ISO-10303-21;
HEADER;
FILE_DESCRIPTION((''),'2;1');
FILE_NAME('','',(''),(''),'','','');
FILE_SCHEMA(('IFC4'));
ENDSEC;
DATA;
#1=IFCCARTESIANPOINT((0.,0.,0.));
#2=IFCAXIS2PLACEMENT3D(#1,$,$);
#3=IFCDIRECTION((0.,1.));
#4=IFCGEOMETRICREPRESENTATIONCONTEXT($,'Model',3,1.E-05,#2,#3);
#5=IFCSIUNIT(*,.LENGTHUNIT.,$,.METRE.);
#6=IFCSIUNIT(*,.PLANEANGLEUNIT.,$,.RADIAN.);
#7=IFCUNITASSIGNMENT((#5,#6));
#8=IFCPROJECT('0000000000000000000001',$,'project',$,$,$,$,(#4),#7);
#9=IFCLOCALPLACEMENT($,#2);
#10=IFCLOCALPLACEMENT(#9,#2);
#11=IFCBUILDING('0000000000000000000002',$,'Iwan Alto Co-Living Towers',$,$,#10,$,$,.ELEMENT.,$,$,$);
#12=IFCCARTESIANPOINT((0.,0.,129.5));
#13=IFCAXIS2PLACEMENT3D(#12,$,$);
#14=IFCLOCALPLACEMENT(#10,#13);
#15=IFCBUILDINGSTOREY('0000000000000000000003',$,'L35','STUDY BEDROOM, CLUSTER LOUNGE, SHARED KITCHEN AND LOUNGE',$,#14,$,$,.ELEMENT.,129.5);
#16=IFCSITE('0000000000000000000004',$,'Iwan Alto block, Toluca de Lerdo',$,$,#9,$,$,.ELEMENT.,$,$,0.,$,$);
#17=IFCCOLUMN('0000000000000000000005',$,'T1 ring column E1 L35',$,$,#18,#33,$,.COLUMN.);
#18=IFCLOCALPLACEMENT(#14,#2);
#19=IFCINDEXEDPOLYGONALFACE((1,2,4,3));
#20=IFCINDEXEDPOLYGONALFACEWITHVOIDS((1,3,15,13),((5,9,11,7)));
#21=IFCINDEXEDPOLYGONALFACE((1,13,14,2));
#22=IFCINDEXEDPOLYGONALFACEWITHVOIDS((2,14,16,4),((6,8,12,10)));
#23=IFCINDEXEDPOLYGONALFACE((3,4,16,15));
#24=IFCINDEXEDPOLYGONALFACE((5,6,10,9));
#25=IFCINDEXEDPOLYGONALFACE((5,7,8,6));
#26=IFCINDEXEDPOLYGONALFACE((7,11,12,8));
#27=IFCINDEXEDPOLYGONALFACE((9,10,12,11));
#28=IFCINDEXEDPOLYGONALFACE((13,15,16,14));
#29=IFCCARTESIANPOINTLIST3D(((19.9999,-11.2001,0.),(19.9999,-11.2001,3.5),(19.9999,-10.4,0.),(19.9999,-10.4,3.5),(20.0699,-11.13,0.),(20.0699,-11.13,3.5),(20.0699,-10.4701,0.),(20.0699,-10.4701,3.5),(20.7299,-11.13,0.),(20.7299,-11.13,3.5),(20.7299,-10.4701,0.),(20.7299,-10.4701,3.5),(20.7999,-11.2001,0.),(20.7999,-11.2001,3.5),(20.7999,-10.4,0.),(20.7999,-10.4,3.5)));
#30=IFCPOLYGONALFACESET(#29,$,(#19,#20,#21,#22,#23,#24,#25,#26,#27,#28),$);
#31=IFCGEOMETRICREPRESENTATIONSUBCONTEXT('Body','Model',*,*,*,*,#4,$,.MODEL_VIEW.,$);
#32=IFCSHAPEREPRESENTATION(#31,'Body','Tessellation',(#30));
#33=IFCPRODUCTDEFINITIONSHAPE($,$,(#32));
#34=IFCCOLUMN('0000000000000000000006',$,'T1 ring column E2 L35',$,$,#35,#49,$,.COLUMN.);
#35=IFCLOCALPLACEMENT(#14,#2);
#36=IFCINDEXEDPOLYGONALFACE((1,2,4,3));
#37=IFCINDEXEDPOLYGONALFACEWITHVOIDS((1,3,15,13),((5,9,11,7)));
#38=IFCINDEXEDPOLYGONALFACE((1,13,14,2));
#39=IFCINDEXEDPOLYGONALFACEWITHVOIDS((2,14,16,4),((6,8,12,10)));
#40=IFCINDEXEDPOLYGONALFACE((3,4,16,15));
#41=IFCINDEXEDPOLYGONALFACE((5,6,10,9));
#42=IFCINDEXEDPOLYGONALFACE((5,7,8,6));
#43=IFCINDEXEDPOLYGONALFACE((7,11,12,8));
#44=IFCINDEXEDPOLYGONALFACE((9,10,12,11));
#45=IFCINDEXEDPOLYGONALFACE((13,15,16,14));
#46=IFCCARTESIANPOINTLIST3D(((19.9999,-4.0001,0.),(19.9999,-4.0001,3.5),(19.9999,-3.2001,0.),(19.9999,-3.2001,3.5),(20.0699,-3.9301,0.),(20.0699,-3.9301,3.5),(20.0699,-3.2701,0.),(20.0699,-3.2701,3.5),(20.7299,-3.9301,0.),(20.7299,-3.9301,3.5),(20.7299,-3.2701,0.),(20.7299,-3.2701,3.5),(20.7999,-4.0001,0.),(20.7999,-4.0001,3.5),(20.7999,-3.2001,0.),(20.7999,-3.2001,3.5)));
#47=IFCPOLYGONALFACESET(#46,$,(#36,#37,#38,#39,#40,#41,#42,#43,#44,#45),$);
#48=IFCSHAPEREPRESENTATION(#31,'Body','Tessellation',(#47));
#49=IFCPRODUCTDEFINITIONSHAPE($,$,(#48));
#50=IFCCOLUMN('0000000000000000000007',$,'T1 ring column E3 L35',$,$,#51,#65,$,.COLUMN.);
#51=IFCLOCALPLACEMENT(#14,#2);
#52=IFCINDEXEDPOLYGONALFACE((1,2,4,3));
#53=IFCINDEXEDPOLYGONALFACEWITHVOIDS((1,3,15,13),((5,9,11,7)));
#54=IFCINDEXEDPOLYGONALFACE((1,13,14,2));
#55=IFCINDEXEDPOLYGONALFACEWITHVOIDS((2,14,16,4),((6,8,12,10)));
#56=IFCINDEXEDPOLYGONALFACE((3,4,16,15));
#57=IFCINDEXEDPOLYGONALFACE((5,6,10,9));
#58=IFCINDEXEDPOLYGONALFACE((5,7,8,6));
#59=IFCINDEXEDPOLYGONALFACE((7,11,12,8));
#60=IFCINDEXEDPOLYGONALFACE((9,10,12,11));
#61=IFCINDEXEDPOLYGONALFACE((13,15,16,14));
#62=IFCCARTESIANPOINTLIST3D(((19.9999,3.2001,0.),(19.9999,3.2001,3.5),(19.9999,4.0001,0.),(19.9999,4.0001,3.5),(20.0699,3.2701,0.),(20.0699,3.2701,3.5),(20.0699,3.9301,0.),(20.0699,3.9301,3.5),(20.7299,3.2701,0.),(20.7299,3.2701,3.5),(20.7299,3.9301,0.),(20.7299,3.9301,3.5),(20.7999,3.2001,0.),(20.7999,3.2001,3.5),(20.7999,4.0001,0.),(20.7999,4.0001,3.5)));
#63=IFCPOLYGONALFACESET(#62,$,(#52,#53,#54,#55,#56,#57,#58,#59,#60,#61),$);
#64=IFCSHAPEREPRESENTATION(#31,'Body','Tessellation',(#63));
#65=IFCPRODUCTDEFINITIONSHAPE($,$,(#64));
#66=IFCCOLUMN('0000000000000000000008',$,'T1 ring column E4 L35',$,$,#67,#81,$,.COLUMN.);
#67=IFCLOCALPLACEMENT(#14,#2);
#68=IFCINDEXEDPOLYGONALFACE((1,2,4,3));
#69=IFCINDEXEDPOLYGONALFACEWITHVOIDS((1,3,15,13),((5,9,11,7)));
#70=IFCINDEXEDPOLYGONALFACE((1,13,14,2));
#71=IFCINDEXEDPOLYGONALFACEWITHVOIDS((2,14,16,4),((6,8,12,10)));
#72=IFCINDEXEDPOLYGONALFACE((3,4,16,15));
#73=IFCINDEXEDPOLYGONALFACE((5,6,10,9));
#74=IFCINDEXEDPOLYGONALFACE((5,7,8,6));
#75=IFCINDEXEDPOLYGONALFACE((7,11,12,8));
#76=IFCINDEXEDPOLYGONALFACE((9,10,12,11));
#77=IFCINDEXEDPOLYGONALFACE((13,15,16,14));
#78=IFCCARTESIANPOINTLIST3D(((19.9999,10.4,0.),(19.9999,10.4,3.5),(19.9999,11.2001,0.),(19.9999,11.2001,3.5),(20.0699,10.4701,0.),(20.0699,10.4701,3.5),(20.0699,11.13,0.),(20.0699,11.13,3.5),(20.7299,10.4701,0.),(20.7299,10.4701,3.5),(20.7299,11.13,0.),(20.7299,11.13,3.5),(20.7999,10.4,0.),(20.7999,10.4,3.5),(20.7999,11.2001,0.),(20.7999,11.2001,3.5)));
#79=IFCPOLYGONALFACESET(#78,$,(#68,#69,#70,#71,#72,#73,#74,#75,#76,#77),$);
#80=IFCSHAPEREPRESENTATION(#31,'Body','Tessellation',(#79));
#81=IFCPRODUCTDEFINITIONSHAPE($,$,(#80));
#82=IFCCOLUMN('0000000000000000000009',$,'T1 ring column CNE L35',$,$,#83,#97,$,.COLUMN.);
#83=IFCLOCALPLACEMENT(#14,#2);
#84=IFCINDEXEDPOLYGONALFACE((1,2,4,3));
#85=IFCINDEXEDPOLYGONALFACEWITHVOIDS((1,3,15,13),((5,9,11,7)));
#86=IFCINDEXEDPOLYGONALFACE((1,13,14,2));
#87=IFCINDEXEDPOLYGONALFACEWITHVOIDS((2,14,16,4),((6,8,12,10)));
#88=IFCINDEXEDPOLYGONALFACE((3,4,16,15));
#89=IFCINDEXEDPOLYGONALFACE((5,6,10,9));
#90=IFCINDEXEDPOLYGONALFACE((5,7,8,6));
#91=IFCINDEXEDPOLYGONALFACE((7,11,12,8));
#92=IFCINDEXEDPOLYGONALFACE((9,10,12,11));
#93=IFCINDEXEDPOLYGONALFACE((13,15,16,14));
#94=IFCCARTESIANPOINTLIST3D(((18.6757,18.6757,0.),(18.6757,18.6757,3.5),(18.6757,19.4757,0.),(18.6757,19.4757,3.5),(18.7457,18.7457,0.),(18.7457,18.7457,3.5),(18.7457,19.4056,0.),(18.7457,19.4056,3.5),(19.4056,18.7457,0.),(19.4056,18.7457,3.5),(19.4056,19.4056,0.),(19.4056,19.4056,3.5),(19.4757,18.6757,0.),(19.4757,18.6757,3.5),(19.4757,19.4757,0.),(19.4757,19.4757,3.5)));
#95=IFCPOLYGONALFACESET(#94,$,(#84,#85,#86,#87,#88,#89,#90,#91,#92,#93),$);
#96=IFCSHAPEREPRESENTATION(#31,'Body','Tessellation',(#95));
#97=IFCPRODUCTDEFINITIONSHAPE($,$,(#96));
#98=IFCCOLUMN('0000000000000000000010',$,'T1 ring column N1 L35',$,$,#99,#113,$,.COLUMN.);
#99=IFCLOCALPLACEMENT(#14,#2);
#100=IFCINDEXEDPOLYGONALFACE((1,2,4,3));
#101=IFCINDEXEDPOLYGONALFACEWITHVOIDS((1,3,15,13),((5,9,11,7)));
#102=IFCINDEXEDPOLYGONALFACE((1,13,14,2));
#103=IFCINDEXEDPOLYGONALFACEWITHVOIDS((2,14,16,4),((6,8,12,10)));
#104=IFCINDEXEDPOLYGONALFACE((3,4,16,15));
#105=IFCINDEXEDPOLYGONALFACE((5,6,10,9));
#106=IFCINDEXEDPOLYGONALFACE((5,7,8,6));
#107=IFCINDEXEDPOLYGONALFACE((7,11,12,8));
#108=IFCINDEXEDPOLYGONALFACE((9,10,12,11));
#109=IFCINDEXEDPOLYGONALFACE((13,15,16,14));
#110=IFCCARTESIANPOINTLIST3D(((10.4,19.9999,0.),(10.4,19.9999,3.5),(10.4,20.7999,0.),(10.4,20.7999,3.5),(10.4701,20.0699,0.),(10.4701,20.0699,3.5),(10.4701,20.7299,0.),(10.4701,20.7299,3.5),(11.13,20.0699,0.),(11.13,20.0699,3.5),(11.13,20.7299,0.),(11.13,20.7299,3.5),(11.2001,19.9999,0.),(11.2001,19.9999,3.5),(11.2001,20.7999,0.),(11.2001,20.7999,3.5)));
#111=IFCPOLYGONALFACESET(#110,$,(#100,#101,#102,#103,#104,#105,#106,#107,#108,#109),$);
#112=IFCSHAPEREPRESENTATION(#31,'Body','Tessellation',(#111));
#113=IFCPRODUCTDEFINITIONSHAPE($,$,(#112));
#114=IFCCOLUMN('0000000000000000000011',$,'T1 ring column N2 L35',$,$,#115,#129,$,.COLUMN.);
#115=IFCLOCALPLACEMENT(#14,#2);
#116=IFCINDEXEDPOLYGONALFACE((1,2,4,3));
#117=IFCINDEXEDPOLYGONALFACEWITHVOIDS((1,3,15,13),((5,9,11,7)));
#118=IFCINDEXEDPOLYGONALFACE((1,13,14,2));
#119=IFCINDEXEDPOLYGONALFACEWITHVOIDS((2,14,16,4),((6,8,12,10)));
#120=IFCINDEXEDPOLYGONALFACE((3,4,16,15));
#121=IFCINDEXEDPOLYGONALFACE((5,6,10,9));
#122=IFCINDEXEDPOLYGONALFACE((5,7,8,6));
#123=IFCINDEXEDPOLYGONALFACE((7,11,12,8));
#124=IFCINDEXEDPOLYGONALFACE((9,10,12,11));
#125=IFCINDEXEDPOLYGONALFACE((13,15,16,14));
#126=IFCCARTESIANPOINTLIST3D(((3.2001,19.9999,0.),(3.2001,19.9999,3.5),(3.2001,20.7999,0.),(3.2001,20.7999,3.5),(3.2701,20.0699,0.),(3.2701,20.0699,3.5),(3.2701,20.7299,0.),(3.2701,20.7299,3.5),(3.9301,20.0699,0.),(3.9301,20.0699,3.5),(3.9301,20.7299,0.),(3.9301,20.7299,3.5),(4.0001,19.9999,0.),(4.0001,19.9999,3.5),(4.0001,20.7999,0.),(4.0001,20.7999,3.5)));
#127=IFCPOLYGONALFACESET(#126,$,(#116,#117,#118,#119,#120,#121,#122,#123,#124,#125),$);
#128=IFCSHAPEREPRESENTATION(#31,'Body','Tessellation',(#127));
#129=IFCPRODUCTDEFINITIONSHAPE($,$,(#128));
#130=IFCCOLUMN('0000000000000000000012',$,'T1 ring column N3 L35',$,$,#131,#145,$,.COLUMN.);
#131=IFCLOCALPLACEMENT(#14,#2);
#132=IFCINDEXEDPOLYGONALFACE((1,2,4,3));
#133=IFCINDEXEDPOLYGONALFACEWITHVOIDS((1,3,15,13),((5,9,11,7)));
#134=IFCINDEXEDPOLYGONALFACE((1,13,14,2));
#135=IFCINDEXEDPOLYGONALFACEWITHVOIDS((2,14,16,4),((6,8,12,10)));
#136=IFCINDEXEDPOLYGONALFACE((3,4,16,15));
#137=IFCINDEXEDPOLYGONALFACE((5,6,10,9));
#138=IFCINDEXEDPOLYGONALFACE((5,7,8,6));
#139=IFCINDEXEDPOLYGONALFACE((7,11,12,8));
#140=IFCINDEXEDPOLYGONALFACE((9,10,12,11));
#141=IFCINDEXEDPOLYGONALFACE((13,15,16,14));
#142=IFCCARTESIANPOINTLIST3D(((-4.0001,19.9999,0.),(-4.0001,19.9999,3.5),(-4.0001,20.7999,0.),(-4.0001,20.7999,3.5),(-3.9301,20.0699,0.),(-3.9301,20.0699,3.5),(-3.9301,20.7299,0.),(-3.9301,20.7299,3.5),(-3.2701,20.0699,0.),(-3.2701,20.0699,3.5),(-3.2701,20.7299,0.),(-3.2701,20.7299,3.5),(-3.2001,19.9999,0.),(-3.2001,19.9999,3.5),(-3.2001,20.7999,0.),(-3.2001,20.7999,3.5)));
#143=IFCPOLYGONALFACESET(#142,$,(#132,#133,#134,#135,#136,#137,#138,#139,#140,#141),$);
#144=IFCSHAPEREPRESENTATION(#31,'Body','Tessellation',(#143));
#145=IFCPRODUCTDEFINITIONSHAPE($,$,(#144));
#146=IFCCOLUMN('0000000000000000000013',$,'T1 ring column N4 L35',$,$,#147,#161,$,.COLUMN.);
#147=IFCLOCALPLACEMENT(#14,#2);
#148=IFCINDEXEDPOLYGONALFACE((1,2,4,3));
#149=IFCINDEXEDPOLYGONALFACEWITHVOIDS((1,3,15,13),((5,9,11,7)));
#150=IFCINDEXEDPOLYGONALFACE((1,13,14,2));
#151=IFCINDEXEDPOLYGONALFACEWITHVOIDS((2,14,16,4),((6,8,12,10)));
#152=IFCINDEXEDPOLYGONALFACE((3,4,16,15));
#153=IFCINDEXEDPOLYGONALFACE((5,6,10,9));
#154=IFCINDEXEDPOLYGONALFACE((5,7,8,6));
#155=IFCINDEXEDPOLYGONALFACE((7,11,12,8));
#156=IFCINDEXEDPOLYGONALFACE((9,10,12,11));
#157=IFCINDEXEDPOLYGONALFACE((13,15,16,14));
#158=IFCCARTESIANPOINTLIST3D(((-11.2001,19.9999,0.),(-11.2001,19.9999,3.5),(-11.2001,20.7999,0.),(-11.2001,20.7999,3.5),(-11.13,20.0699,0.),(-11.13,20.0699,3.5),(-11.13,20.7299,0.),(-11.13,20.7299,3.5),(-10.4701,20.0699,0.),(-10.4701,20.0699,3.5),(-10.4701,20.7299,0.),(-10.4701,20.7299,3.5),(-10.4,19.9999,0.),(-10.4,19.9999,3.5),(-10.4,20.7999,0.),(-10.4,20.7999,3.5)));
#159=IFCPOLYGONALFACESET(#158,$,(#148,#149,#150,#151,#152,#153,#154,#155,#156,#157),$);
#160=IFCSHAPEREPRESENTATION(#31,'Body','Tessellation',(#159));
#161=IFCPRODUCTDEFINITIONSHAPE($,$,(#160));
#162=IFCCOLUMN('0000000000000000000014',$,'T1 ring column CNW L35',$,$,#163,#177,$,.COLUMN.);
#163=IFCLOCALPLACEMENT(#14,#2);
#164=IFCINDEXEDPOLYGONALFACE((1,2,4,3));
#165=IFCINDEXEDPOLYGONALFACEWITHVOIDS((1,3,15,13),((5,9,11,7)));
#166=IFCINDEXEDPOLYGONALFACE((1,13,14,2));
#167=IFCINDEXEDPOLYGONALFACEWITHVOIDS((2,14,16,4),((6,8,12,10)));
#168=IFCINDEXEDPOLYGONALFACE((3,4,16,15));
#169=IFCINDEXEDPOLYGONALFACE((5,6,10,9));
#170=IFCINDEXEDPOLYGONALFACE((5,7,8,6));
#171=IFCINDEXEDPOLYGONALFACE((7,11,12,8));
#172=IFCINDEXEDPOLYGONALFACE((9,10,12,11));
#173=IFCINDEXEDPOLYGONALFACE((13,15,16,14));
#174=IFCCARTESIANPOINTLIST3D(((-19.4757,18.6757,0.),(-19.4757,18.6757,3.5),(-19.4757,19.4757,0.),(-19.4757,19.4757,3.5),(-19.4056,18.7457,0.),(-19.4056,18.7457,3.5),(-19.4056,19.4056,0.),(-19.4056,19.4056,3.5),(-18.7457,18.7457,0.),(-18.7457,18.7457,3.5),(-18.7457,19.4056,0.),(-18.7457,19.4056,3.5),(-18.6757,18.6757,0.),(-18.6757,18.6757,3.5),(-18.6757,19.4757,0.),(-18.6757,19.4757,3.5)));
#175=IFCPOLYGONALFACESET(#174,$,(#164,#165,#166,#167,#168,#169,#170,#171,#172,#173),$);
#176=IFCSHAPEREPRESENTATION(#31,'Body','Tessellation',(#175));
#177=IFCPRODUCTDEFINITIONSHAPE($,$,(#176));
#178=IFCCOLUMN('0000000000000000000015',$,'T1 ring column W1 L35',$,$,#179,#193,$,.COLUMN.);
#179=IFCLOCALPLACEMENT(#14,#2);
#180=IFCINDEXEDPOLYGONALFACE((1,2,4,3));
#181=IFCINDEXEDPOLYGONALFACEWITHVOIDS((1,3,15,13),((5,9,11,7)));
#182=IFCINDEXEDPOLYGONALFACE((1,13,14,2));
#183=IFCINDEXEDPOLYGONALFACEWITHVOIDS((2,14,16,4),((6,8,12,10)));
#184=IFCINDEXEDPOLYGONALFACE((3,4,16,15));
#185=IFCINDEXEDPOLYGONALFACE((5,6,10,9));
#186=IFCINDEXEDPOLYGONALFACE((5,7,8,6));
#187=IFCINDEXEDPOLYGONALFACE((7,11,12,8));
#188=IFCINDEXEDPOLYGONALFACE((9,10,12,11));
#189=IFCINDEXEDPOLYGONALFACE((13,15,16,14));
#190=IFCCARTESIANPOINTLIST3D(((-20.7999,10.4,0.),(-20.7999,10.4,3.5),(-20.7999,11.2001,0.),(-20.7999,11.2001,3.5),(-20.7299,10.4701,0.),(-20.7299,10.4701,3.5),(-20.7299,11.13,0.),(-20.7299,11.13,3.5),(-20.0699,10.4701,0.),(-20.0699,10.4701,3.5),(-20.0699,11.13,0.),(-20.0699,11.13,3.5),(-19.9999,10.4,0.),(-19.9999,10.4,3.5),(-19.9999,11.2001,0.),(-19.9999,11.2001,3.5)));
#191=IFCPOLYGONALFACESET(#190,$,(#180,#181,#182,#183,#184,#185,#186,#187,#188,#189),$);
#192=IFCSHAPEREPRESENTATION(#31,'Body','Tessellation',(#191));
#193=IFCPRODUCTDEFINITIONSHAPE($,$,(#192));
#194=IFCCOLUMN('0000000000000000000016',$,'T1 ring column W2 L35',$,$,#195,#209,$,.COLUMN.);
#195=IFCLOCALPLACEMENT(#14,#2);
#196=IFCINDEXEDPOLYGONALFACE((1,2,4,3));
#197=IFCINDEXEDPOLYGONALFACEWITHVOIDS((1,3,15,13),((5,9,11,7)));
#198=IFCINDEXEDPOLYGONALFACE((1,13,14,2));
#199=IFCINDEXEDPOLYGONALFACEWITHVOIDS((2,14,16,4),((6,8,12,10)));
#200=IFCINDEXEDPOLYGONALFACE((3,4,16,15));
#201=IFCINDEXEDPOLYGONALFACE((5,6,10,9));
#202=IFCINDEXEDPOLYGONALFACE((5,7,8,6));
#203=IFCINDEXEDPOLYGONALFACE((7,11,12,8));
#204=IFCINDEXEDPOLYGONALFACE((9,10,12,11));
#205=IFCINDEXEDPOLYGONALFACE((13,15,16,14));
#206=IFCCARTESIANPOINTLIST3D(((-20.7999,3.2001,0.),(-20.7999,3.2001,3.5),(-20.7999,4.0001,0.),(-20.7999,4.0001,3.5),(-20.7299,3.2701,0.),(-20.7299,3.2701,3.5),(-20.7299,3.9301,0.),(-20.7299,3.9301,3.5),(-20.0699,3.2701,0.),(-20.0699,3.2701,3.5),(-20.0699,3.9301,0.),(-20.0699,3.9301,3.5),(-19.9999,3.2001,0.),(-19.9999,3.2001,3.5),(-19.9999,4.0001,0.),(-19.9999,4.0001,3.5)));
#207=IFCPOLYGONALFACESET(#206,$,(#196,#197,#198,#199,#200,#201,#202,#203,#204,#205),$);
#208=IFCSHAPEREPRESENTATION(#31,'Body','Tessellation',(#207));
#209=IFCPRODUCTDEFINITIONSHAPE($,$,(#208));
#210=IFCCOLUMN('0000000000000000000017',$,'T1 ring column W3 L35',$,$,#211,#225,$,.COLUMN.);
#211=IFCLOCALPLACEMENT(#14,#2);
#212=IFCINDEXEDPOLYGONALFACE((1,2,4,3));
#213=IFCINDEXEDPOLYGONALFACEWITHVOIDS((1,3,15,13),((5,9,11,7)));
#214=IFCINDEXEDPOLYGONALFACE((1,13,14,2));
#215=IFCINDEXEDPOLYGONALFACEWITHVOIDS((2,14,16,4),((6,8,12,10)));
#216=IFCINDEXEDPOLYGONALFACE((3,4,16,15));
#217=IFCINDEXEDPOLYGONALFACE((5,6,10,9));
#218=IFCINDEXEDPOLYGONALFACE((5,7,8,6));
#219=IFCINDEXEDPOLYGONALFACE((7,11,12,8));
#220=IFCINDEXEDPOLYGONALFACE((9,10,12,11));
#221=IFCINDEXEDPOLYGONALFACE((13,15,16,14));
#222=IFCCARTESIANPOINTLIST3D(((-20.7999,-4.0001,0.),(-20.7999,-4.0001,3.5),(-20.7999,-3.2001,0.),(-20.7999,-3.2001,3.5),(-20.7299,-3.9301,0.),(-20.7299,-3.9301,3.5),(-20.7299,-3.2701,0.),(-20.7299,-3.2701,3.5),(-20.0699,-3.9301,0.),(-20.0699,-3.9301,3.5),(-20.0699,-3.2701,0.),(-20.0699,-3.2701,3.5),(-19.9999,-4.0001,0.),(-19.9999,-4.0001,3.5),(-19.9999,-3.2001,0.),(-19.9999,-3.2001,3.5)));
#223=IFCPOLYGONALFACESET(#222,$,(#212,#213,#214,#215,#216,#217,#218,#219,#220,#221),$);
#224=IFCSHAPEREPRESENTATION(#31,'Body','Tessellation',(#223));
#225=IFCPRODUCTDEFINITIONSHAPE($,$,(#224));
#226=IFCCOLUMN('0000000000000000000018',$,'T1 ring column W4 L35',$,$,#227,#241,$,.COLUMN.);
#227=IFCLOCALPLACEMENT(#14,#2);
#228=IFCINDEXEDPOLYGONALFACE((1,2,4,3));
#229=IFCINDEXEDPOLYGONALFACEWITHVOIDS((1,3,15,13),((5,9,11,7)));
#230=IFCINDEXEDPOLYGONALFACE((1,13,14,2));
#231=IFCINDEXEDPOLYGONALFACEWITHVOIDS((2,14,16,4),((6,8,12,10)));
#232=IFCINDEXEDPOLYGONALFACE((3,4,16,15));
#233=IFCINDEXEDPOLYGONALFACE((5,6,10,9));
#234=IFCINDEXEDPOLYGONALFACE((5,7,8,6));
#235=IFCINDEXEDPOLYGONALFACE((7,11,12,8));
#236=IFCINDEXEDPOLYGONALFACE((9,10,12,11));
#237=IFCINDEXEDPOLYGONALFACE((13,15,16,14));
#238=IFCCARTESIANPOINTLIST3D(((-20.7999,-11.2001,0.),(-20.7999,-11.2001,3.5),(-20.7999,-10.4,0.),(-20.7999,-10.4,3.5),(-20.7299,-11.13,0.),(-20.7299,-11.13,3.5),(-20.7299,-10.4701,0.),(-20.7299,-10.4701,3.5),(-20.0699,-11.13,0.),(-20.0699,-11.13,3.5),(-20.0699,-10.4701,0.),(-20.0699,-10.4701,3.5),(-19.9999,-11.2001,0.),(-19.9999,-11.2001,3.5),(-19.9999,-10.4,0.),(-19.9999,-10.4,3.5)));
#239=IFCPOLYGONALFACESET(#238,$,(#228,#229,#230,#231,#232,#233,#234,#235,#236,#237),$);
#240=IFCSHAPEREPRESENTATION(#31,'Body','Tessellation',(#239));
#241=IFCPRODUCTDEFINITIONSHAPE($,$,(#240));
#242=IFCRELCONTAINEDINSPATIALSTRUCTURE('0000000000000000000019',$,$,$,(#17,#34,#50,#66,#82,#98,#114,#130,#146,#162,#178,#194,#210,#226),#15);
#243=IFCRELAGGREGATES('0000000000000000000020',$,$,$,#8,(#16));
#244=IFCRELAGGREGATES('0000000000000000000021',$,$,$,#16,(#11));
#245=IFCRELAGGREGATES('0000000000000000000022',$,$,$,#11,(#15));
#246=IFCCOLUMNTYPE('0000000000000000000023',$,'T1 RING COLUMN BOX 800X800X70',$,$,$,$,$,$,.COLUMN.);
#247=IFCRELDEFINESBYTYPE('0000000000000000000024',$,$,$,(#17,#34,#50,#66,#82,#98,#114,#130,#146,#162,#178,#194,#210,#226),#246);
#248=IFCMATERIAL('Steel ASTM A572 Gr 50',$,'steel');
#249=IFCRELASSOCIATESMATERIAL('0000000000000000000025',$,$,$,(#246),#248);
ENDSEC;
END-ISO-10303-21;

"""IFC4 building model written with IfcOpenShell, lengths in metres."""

from ifc_helpers import new_model, si_unit, direction, frame, origin, origin_2d, place, context, subcontext, project, spatial, hollow_rectangle, extrude, material, material_profile, profile_set, type_object, element, save


model = new_model("IFC4")

# Units and contexts
model_context = context("Model", 3, precision=1e-05, world=origin(), true_north=direction((0.0, 1.0)))
body_context = subcontext(model_context, "Body", "Model", "MODEL_VIEW")
ifc_project = project(units=[si_unit("LENGTHUNIT", "METRE"), si_unit("PLANEANGLEUNIT", "RADIAN")], contexts=[model_context])

# Site, building, storey
site_placement = place(None, origin())
site = spatial("IfcSite", under=ifc_project, at=site_placement, Name="Iwan Alto block, Toluca de Lerdo", CompositionType="ELEMENT", RefElevation=0.0)
building_placement = place(site_placement, origin())
building = spatial("IfcBuilding", under=site, at=building_placement, Name="Iwan Alto Co-Living Towers", CompositionType="ELEMENT")
storey_placement = place(building_placement, frame((0.0, 0.0, 129.5)))
storey = spatial("IfcBuildingStorey", under=building, at=storey_placement, Name="L35", Description="STUDY BEDROOM, CLUSTER LOUNGE, SHARED KITCHEN AND LOUNGE", CompositionType="ELEMENT", Elevation=129.5)

# Columns
ifc_material_1 = material(Name="Steel ASTM A572 Gr 50", Category="steel")
ifc_material_profile_1 = material_profile(ifc_material_1, hollow_rectangle(XDim=0.8, YDim=0.8, WallThickness=0.0701, at=origin_2d()), Name="BOX 800X800X70")
ifc_profile_set_1 = profile_set([ifc_material_profile_1], Name="Steel ASTM A572 Gr 50")
column_type_1 = type_object("IfcColumnType", Name="T1 RING COLUMN BOX 800X800X70", PredefinedType="COLUMN", material=ifc_profile_set_1)
for number, where, z_axis, x_axis, name in (
    (1, (20.3999, -10.8, 0.0), (0.0, 0.0, 1.0), (1.0, 0.0, 0.0), "T1 ring column E1 L35"),
    (2, (20.3999, -3.6001, 0.0), (0.0, 0.0, 1.0), (1.0, 0.0, 0.0), "T1 ring column E2 L35"),
    (3, (20.3999, 3.6001, 0.0), (0.0, 0.0, 1.0), (1.0, 0.0, 0.0), "T1 ring column E3 L35"),
    (4, (20.3999, 10.8, 0.0), (0.0, 0.0, 1.0), (1.0, 0.0, 0.0), "T1 ring column E4 L35"),
    (5, (19.0757, 19.0757, 0.0), (0.0, 0.0, 1.0), (1.0, 0.0, 0.0), "T1 ring column CNE L35"),
    (6, (10.8, 20.3999, 0.0), (0.0, 0.0, 1.0), (1.0, 0.0, 0.0), "T1 ring column N1 L35"),
    (7, (3.6001, 20.3999, 0.0), (0.0, 0.0, 1.0), (1.0, 0.0, 0.0), "T1 ring column N2 L35"),
    (8, (-3.6001, 20.3999, 0.0), (0.0, 0.0, 1.0), (1.0, 0.0, 0.0), "T1 ring column N3 L35"),
    (9, (-10.8, 20.3999, 0.0), (0.0, 0.0, 1.0), (1.0, 0.0, 0.0), "T1 ring column N4 L35"),
    (10, (-19.0757, 19.0757, 0.0), (0.0, 0.0, 1.0), (1.0, 0.0, 0.0), "T1 ring column CNW L35"),
    (11, (-20.3999, 10.8, 0.0), (0.0, 0.0, 1.0), (1.0, 0.0, 0.0), "T1 ring column W1 L35"),
    (12, (-20.3999, 3.6001, 0.0), (0.0, 0.0, 1.0), (1.0, 0.0, 0.0), "T1 ring column W2 L35"),
    (13, (-20.3999, -3.6001, 0.0), (0.0, 0.0, 1.0), (1.0, 0.0, 0.0), "T1 ring column W3 L35"),
    (14, (-20.3999, -10.8, 0.0), (0.0, 0.0, 1.0), (1.0, 0.0, 0.0), "T1 ring column W4 L35"),
):
    element("IfcColumn", number, at=place(storey_placement, frame(where, z_axis=z_axis, x_axis=x_axis)), inside=storey, type_object=column_type_1, Name=name, PredefinedType="COLUMN", context=body_context, shape_type="SweptSolid", body=[
        extrude(hollow_rectangle(XDim=0.8, YDim=0.8, WallThickness=0.0701, at=origin_2d()), origin(), (0.0, 0.0, 1.0), 3.5),
    ])

save(model, "model.ifc")
